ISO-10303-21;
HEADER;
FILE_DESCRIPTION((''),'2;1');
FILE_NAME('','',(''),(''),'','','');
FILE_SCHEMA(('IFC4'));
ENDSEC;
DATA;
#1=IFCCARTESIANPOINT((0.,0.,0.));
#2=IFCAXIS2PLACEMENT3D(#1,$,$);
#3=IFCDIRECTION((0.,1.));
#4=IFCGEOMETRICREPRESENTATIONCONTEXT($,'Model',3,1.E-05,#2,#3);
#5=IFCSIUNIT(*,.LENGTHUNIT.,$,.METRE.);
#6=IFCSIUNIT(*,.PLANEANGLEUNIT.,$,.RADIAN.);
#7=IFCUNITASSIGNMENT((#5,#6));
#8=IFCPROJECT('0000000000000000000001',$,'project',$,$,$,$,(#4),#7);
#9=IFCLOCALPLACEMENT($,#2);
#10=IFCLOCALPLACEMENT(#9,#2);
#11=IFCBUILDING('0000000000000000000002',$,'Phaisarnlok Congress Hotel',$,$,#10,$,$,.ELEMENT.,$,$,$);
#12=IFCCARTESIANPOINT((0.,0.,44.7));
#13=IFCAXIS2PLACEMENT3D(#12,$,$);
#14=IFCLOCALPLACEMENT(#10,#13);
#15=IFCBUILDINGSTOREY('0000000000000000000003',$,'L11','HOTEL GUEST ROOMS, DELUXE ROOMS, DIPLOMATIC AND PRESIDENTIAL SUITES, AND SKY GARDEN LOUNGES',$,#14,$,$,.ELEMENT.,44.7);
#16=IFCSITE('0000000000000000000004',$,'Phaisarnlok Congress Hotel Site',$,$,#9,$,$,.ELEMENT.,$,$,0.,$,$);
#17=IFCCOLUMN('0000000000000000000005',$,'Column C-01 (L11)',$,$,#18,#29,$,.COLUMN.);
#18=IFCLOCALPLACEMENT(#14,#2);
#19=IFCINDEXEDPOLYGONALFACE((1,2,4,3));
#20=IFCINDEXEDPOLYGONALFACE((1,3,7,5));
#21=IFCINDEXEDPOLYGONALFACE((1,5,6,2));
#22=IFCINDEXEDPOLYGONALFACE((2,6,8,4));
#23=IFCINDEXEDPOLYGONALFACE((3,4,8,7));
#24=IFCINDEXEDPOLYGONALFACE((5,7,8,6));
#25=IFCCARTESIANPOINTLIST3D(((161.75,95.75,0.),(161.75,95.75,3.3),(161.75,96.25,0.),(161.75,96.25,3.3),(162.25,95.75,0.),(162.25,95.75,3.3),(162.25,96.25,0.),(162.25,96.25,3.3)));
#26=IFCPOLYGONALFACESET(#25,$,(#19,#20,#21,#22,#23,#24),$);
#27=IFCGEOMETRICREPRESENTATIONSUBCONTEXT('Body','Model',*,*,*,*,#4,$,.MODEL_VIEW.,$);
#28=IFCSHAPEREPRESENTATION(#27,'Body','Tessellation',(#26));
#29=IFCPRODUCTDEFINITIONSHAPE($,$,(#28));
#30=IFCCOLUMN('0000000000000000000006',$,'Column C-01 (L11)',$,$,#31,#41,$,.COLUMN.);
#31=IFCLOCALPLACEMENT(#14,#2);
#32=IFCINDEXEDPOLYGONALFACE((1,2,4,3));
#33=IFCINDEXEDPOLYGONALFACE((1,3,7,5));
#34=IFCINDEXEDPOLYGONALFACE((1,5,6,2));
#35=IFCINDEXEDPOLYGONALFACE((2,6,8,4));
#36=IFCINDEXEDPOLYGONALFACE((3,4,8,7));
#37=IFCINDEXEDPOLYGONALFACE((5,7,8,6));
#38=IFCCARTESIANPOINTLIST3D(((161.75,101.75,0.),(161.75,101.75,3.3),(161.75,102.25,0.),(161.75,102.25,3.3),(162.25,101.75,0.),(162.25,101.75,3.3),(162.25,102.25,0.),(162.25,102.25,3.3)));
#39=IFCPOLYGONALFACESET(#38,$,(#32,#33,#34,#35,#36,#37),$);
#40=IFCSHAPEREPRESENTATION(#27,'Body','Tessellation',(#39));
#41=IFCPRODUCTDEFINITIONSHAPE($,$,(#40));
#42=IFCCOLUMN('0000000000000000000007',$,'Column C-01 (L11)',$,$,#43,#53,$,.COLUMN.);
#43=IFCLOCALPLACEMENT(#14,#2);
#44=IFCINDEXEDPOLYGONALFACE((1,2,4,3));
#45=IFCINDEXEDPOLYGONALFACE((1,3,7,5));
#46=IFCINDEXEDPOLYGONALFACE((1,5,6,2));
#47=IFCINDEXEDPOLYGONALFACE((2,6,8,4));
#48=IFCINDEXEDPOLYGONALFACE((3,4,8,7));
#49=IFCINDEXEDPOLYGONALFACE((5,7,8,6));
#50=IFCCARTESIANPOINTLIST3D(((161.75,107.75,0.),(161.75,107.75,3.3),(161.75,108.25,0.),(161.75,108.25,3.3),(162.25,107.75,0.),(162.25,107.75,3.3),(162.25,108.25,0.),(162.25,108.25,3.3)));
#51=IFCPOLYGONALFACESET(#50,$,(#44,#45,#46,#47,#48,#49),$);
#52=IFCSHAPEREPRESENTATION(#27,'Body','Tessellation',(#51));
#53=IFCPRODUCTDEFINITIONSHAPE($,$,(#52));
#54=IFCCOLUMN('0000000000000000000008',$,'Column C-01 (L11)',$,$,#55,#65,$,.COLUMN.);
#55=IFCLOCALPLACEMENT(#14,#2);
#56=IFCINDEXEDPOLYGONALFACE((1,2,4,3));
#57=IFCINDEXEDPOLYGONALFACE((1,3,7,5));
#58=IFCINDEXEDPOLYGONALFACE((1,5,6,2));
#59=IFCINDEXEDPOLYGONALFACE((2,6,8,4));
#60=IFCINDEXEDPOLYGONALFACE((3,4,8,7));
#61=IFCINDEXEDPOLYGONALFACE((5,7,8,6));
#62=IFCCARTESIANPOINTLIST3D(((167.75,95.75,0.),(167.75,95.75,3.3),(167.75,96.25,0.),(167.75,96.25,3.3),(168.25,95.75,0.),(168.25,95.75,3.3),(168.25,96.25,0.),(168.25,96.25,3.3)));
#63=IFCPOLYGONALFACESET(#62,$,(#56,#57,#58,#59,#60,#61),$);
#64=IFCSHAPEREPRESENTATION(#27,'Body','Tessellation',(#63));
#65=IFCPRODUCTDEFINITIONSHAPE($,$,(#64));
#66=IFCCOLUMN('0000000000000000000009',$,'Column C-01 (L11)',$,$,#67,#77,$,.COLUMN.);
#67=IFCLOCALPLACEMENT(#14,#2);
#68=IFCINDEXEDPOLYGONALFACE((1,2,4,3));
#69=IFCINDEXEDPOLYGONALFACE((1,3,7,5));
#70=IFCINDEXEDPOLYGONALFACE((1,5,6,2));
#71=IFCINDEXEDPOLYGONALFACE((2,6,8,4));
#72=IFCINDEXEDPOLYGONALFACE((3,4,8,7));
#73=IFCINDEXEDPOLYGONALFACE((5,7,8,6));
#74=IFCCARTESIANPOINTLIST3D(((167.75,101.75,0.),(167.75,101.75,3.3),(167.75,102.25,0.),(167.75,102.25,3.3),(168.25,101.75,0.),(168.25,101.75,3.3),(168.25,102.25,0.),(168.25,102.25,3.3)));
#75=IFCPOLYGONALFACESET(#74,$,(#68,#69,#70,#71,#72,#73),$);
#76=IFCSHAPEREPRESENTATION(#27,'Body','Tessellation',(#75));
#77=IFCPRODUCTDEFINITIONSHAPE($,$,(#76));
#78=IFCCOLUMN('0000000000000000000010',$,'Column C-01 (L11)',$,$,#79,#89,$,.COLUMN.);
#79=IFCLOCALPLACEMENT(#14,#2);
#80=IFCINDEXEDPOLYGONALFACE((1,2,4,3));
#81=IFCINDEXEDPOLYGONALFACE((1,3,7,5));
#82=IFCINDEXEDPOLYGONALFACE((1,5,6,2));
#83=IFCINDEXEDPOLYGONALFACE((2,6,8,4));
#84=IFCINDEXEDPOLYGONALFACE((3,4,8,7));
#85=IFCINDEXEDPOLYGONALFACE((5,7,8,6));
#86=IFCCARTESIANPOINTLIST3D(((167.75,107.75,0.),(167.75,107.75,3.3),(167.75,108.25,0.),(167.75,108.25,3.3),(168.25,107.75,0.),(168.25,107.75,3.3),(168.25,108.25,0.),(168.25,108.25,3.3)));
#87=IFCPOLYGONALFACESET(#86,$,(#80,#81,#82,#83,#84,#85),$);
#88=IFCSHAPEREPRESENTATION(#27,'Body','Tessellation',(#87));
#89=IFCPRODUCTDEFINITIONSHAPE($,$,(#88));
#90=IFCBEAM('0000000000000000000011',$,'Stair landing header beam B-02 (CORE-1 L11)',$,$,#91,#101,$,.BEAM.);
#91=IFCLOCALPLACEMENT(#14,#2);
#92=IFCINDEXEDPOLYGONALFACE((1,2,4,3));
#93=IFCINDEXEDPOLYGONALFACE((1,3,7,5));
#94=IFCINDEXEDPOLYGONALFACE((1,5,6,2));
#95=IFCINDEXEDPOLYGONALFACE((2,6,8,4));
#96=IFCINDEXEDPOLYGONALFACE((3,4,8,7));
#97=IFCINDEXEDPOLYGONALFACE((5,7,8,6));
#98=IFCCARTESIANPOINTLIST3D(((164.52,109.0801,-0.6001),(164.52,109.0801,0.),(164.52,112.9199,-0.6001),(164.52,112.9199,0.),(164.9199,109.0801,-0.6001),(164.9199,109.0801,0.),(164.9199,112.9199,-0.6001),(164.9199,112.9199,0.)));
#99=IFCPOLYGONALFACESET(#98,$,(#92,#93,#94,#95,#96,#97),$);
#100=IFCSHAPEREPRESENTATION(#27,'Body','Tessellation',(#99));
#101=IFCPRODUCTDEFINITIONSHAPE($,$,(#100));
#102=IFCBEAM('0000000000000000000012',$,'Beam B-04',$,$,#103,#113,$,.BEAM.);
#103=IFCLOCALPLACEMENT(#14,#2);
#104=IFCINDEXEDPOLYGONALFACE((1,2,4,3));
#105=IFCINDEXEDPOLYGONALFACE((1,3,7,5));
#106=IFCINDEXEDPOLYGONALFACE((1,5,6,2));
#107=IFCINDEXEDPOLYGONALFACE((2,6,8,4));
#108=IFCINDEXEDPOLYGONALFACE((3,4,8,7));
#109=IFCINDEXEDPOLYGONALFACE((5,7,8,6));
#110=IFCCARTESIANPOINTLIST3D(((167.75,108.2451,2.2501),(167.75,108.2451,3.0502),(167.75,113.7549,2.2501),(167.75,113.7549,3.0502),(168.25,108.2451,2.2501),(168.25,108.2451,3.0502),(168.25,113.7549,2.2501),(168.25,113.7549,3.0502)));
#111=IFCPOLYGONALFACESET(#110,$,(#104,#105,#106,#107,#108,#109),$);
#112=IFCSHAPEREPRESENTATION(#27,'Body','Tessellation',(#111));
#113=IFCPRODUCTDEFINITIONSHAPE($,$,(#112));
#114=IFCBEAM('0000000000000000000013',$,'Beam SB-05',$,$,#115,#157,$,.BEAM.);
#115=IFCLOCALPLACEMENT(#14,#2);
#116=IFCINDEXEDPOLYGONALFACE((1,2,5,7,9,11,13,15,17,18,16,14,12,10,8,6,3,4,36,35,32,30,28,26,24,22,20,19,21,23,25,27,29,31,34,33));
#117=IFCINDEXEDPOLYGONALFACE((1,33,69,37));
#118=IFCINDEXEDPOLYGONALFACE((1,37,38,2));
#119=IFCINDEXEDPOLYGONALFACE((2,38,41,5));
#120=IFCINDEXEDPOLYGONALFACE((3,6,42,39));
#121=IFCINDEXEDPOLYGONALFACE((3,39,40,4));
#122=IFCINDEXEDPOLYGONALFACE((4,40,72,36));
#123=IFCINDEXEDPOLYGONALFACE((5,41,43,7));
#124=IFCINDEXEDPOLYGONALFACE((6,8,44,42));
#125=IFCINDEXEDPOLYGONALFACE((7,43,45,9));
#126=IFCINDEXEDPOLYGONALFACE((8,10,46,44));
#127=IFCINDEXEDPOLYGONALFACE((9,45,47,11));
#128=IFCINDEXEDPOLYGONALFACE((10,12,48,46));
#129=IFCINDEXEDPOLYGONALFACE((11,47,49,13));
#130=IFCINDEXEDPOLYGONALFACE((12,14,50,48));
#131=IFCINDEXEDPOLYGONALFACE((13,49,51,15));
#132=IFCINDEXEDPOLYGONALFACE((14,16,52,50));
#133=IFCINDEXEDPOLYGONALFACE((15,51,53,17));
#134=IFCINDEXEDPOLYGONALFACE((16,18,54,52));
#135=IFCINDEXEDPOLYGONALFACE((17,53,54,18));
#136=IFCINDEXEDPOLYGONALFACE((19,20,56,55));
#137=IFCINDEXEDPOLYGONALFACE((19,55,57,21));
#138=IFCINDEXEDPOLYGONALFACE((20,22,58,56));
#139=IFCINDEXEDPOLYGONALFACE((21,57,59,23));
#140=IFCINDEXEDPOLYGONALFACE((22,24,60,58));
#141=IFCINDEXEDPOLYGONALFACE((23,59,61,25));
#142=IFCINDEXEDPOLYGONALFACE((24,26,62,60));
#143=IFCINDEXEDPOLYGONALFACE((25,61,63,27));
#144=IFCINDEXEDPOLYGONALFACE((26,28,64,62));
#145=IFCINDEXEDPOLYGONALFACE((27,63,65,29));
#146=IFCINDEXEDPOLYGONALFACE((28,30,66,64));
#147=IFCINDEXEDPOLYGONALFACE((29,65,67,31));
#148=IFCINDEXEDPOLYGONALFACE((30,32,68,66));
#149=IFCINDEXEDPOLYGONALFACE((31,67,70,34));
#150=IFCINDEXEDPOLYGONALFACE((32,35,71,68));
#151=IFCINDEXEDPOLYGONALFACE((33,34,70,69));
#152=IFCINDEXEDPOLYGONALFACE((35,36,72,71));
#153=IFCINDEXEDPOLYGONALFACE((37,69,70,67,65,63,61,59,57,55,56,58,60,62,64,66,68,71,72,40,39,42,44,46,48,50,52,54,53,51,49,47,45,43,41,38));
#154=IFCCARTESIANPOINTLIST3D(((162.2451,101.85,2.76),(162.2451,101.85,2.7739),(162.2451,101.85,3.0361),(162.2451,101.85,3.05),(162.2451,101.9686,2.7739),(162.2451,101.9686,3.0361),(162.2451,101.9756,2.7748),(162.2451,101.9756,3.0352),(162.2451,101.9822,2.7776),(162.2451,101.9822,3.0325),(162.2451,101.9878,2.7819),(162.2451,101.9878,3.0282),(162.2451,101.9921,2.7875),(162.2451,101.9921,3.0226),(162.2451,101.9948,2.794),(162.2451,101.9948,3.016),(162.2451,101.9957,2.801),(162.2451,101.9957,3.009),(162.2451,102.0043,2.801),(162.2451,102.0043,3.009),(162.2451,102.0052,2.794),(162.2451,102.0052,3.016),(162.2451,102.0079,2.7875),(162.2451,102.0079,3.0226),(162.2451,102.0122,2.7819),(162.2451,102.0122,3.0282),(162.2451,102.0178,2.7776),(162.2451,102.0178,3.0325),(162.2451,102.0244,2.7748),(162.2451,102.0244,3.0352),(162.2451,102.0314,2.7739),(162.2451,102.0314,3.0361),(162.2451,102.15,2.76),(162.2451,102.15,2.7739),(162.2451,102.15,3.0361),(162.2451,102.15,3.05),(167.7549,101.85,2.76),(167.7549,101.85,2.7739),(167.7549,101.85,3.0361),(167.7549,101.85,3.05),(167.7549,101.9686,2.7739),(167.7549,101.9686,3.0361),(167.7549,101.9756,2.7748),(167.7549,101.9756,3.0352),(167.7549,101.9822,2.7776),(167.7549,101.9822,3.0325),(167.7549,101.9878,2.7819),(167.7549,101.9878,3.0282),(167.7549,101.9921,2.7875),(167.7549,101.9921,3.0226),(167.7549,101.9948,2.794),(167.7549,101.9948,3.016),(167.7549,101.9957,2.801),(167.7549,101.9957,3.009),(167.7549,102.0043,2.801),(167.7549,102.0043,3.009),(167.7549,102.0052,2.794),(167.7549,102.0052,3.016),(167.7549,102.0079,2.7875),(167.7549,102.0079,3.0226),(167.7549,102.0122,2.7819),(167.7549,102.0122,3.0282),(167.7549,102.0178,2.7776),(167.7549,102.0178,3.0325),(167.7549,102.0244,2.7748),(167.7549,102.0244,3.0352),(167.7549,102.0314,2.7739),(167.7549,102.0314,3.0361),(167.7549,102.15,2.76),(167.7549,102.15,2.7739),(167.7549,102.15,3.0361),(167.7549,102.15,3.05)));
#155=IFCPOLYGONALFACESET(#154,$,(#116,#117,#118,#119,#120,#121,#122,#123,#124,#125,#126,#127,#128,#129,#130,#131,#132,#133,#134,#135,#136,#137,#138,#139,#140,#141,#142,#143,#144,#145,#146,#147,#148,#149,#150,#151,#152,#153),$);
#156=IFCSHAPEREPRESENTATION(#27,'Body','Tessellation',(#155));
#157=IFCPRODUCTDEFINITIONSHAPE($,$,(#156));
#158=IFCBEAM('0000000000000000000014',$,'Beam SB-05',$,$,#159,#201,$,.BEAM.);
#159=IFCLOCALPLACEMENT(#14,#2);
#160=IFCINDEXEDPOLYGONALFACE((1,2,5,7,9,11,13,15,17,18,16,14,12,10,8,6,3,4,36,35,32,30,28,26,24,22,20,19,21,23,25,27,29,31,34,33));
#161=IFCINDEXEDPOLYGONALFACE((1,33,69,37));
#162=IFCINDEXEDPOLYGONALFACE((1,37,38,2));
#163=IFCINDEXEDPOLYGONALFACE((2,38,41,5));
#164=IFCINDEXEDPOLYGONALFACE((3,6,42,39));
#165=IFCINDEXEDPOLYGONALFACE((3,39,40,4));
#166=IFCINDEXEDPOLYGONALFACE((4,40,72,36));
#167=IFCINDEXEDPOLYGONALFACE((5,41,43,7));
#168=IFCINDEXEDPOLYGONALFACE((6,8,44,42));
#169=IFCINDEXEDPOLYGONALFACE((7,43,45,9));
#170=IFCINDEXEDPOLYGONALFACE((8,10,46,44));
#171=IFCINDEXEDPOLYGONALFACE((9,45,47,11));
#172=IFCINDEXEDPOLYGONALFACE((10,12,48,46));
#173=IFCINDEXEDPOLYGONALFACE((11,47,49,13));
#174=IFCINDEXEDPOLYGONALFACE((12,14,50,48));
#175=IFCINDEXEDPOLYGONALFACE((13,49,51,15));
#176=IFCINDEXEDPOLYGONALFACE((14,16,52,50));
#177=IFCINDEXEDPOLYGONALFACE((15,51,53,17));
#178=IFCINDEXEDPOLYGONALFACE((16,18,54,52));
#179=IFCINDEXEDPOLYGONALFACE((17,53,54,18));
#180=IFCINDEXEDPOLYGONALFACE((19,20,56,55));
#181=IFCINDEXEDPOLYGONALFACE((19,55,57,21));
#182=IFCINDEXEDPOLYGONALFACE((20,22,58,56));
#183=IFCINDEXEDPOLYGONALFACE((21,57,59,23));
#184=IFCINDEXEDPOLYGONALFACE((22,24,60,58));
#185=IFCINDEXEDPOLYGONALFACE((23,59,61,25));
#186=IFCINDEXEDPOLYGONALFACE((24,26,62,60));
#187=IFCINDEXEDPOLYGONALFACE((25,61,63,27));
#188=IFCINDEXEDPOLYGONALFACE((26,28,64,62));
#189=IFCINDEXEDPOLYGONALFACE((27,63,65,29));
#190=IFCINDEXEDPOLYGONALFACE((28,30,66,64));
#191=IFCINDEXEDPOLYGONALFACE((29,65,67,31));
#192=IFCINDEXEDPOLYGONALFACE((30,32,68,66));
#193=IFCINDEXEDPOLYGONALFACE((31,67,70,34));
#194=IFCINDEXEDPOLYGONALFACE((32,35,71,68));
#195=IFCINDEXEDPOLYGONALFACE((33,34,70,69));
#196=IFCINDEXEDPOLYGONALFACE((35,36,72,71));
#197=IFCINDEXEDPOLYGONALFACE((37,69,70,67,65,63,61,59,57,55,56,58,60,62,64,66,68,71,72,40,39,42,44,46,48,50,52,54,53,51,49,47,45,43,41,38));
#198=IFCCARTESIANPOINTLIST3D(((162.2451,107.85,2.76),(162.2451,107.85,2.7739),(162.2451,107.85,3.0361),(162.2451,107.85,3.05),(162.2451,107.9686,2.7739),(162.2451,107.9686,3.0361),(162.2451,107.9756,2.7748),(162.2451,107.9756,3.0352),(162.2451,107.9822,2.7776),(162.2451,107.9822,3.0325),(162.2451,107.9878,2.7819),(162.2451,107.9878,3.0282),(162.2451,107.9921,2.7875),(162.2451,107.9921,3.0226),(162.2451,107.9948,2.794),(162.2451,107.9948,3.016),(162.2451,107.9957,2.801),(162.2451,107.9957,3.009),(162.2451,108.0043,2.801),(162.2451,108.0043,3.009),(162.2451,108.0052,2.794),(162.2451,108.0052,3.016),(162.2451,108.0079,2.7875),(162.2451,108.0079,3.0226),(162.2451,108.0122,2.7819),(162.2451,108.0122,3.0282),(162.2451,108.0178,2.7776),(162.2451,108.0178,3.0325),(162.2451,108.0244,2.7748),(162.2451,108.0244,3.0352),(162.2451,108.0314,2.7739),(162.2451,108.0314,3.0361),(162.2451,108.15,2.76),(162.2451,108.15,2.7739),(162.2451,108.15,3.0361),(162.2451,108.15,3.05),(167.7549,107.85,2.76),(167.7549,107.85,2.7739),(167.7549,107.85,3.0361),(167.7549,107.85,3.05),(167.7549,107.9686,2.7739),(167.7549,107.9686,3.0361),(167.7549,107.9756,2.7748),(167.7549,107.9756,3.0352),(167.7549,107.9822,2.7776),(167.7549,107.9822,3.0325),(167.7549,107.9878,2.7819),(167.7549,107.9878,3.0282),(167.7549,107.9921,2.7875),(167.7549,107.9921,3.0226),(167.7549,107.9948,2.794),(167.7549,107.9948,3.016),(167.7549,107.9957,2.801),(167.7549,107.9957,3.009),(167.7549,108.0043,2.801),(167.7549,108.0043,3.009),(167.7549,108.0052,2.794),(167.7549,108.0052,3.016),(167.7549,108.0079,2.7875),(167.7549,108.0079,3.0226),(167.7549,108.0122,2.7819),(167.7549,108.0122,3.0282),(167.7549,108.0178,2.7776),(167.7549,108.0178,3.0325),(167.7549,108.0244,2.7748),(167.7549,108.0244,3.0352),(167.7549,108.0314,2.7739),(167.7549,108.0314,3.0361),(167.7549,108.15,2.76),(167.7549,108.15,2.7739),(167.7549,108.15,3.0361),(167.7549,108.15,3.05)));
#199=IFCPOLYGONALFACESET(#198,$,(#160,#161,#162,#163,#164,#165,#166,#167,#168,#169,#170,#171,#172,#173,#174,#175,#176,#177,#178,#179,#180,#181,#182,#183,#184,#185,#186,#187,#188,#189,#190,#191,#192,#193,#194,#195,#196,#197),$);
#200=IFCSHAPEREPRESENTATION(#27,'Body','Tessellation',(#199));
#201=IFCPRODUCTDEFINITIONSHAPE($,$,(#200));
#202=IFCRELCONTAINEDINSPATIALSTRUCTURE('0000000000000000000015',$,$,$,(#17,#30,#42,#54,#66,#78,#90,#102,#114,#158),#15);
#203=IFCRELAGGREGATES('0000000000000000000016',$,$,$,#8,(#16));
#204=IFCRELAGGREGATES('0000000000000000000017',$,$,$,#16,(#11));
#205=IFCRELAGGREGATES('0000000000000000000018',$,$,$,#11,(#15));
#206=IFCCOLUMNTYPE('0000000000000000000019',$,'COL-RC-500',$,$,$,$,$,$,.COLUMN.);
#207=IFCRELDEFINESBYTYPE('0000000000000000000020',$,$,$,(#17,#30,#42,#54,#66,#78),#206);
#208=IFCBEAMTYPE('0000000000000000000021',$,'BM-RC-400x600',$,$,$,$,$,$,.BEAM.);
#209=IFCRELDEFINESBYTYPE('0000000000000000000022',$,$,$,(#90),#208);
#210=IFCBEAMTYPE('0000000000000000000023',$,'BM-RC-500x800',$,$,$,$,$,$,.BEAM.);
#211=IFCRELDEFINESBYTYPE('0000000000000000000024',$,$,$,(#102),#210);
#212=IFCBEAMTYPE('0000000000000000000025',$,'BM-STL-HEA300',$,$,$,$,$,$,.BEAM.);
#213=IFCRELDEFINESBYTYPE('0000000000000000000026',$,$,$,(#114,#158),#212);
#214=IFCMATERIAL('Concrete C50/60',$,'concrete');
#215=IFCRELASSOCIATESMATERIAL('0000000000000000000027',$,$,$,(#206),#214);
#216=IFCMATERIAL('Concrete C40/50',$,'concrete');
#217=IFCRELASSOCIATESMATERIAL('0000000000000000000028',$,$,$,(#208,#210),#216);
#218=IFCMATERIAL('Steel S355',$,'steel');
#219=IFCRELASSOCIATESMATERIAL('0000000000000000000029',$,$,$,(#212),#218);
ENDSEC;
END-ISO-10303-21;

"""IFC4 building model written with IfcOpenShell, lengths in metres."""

from ifc_helpers import new_model, si_unit, direction, frame, origin, origin_2d, place, context, subcontext, project, spatial, rectangle, i_section, extrude, material, material_profile, profile_set, type_object, element, save


model = new_model("IFC4")

# Units and contexts
model_context = context("Model", 3, precision=1e-05, world=origin(), true_north=direction((0.0, 1.0)))
body_context = subcontext(model_context, "Body", "Model", "MODEL_VIEW")
ifc_project = project(units=[si_unit("LENGTHUNIT", "METRE"), si_unit("PLANEANGLEUNIT", "RADIAN")], contexts=[model_context])

# Site, building, storey
site_placement = place(None, origin())
site = spatial("IfcSite", under=ifc_project, at=site_placement, Name="Phaisarnlok Congress Hotel Site", CompositionType="ELEMENT", RefElevation=0.0)
building_placement = place(site_placement, origin())
building = spatial("IfcBuilding", under=site, at=building_placement, Name="Phaisarnlok Congress Hotel", CompositionType="ELEMENT")
storey_placement = place(building_placement, frame((0.0, 0.0, 44.7)))
storey = spatial("IfcBuildingStorey", under=building, at=storey_placement, Name="L11", Description="HOTEL GUEST ROOMS, DELUXE ROOMS, DIPLOMATIC AND PRESIDENTIAL SUITES, AND SKY GARDEN LOUNGES", CompositionType="ELEMENT", Elevation=44.7)

# Columns
ifc_material_1 = material(Name="Concrete C50/60", Category="concrete")
ifc_material_profile_1 = material_profile(ifc_material_1, rectangle(XDim=0.5, YDim=0.5, at=origin_2d()), Name="RC 500x500")
ifc_profile_set_1 = profile_set([ifc_material_profile_1], Name="Concrete C50/60")
column_type = type_object("IfcColumnType", Name="COL-RC-500", PredefinedType="COLUMN", material=ifc_profile_set_1)
for number, where, z_axis, x_axis, name in (
    (1, (162.0, 96.0, 0.0), (0.0, 0.0, 1.0), (1.0, 0.0, 0.0), "Column C-01 (L11)"),
    (2, (162.0, 102.0, 0.0), (0.0, 0.0, 1.0), (1.0, 0.0, 0.0), "Column C-01 (L11)"),
    (3, (162.0, 108.0, 0.0), (0.0, 0.0, 1.0), (1.0, 0.0, 0.0), "Column C-01 (L11)"),
    (4, (168.0, 96.0, 0.0), (0.0, 0.0, 1.0), (1.0, 0.0, 0.0), "Column C-01 (L11)"),
    (5, (168.0, 102.0, 0.0), (0.0, 0.0, 1.0), (1.0, 0.0, 0.0), "Column C-01 (L11)"),
    (6, (168.0, 108.0, 0.0), (0.0, 0.0, 1.0), (1.0, 0.0, 0.0), "Column C-01 (L11)"),
):
    element("IfcColumn", number, at=place(storey_placement, frame(where, z_axis=z_axis, x_axis=x_axis)), inside=storey, type_object=column_type, Name=name, PredefinedType="COLUMN", context=body_context, shape_type="SweptSolid", body=[
        extrude(rectangle(XDim=0.5, YDim=0.5, at=origin_2d()), origin(), (0.0, 0.0, 1.0), 3.3),
    ])

# Beams
ifc_material_2 = material(Name="Concrete C40/50", Category="concrete")
ifc_material_profile_2 = material_profile(ifc_material_2, rectangle(XDim=0.3999, YDim=0.6001, at=origin_2d()), Name="RC 400x600")
ifc_profile_set_2 = profile_set([ifc_material_profile_2], Name="Concrete C40/50")
beam_type_1 = type_object("IfcBeamType", Name="BM-RC-400x600", PredefinedType="BEAM", material=ifc_profile_set_2)
beam_1_placement = place(storey_placement, frame((164.72, 109.0801, -0.3), z_axis=(0.0, 1.0, 0.0), x_axis=(-1.0, 0.0, 0.0)))
element("IfcBeam", 7, at=beam_1_placement, inside=storey, type_object=beam_type_1, Name="Stair landing header beam B-02 (CORE-1 L11)", PredefinedType="BEAM", context=body_context, shape_type="SweptSolid", body=[
    extrude(rectangle(XDim=0.3999, YDim=0.6001, at=origin_2d()), origin(), (0.0, 0.0, 1.0), 3.8398),
])
ifc_material_profile_3 = material_profile(ifc_material_2, rectangle(XDim=0.5, YDim=0.8, at=origin_2d()), Name="RC 500x800")
ifc_profile_set_3 = profile_set([ifc_material_profile_3], Name="Concrete C40/50")
beam_type_2 = type_object("IfcBeamType", Name="BM-RC-500x800", PredefinedType="BEAM", material=ifc_profile_set_3)
beam_2_placement = place(storey_placement, frame((168.0, 108.2451, 2.6501), z_axis=(0.0, 1.0, 0.0), x_axis=(-1.0, 0.0, 0.0)))
element("IfcBeam", 8, at=beam_2_placement, inside=storey, type_object=beam_type_2, Name="Beam B-04", PredefinedType="BEAM", context=body_context, shape_type="SweptSolid", body=[
    extrude(rectangle(XDim=0.5, YDim=0.8, at=origin_2d()), origin(), (0.0, 0.0, 1.0), 5.5098),
])
ifc_material_3 = material(Name="Steel S355", Category="steel")
ifc_material_profile_4 = material_profile(ifc_material_3, i_section(OverallWidth=0.3, OverallDepth=0.29, WebThickness=0.0085, FlangeThickness=0.0139, FilletRadius=0.0271, at=origin_2d()), Name="HEA 300")
ifc_profile_set_4 = profile_set([ifc_material_profile_4], Name="Steel S355")
beam_type_3 = type_object("IfcBeamType", Name="BM-STL-HEA300", PredefinedType="BEAM", material=ifc_profile_set_4)
for number, where, z_axis, x_axis, name in (
    (9, (162.2451, 102.0, 2.905), (1.0, 0.0, 0.0), (0.0, 1.0, 0.0), "Beam SB-05"),
    (10, (162.2451, 108.0, 2.905), (1.0, 0.0, 0.0), (0.0, 1.0, 0.0), "Beam SB-05"),
):
    element("IfcBeam", number, at=place(storey_placement, frame(where, z_axis=z_axis, x_axis=x_axis)), inside=storey, type_object=beam_type_3, Name=name, PredefinedType="BEAM", context=body_context, shape_type="SweptSolid", body=[
        extrude(i_section(OverallWidth=0.3, OverallDepth=0.29, WebThickness=0.0085, FlangeThickness=0.0139, FilletRadius=0.0271, at=origin_2d()), origin(), (0.0, 0.0, 1.0), 5.5098),
    ])

save(model, "model.ifc")
